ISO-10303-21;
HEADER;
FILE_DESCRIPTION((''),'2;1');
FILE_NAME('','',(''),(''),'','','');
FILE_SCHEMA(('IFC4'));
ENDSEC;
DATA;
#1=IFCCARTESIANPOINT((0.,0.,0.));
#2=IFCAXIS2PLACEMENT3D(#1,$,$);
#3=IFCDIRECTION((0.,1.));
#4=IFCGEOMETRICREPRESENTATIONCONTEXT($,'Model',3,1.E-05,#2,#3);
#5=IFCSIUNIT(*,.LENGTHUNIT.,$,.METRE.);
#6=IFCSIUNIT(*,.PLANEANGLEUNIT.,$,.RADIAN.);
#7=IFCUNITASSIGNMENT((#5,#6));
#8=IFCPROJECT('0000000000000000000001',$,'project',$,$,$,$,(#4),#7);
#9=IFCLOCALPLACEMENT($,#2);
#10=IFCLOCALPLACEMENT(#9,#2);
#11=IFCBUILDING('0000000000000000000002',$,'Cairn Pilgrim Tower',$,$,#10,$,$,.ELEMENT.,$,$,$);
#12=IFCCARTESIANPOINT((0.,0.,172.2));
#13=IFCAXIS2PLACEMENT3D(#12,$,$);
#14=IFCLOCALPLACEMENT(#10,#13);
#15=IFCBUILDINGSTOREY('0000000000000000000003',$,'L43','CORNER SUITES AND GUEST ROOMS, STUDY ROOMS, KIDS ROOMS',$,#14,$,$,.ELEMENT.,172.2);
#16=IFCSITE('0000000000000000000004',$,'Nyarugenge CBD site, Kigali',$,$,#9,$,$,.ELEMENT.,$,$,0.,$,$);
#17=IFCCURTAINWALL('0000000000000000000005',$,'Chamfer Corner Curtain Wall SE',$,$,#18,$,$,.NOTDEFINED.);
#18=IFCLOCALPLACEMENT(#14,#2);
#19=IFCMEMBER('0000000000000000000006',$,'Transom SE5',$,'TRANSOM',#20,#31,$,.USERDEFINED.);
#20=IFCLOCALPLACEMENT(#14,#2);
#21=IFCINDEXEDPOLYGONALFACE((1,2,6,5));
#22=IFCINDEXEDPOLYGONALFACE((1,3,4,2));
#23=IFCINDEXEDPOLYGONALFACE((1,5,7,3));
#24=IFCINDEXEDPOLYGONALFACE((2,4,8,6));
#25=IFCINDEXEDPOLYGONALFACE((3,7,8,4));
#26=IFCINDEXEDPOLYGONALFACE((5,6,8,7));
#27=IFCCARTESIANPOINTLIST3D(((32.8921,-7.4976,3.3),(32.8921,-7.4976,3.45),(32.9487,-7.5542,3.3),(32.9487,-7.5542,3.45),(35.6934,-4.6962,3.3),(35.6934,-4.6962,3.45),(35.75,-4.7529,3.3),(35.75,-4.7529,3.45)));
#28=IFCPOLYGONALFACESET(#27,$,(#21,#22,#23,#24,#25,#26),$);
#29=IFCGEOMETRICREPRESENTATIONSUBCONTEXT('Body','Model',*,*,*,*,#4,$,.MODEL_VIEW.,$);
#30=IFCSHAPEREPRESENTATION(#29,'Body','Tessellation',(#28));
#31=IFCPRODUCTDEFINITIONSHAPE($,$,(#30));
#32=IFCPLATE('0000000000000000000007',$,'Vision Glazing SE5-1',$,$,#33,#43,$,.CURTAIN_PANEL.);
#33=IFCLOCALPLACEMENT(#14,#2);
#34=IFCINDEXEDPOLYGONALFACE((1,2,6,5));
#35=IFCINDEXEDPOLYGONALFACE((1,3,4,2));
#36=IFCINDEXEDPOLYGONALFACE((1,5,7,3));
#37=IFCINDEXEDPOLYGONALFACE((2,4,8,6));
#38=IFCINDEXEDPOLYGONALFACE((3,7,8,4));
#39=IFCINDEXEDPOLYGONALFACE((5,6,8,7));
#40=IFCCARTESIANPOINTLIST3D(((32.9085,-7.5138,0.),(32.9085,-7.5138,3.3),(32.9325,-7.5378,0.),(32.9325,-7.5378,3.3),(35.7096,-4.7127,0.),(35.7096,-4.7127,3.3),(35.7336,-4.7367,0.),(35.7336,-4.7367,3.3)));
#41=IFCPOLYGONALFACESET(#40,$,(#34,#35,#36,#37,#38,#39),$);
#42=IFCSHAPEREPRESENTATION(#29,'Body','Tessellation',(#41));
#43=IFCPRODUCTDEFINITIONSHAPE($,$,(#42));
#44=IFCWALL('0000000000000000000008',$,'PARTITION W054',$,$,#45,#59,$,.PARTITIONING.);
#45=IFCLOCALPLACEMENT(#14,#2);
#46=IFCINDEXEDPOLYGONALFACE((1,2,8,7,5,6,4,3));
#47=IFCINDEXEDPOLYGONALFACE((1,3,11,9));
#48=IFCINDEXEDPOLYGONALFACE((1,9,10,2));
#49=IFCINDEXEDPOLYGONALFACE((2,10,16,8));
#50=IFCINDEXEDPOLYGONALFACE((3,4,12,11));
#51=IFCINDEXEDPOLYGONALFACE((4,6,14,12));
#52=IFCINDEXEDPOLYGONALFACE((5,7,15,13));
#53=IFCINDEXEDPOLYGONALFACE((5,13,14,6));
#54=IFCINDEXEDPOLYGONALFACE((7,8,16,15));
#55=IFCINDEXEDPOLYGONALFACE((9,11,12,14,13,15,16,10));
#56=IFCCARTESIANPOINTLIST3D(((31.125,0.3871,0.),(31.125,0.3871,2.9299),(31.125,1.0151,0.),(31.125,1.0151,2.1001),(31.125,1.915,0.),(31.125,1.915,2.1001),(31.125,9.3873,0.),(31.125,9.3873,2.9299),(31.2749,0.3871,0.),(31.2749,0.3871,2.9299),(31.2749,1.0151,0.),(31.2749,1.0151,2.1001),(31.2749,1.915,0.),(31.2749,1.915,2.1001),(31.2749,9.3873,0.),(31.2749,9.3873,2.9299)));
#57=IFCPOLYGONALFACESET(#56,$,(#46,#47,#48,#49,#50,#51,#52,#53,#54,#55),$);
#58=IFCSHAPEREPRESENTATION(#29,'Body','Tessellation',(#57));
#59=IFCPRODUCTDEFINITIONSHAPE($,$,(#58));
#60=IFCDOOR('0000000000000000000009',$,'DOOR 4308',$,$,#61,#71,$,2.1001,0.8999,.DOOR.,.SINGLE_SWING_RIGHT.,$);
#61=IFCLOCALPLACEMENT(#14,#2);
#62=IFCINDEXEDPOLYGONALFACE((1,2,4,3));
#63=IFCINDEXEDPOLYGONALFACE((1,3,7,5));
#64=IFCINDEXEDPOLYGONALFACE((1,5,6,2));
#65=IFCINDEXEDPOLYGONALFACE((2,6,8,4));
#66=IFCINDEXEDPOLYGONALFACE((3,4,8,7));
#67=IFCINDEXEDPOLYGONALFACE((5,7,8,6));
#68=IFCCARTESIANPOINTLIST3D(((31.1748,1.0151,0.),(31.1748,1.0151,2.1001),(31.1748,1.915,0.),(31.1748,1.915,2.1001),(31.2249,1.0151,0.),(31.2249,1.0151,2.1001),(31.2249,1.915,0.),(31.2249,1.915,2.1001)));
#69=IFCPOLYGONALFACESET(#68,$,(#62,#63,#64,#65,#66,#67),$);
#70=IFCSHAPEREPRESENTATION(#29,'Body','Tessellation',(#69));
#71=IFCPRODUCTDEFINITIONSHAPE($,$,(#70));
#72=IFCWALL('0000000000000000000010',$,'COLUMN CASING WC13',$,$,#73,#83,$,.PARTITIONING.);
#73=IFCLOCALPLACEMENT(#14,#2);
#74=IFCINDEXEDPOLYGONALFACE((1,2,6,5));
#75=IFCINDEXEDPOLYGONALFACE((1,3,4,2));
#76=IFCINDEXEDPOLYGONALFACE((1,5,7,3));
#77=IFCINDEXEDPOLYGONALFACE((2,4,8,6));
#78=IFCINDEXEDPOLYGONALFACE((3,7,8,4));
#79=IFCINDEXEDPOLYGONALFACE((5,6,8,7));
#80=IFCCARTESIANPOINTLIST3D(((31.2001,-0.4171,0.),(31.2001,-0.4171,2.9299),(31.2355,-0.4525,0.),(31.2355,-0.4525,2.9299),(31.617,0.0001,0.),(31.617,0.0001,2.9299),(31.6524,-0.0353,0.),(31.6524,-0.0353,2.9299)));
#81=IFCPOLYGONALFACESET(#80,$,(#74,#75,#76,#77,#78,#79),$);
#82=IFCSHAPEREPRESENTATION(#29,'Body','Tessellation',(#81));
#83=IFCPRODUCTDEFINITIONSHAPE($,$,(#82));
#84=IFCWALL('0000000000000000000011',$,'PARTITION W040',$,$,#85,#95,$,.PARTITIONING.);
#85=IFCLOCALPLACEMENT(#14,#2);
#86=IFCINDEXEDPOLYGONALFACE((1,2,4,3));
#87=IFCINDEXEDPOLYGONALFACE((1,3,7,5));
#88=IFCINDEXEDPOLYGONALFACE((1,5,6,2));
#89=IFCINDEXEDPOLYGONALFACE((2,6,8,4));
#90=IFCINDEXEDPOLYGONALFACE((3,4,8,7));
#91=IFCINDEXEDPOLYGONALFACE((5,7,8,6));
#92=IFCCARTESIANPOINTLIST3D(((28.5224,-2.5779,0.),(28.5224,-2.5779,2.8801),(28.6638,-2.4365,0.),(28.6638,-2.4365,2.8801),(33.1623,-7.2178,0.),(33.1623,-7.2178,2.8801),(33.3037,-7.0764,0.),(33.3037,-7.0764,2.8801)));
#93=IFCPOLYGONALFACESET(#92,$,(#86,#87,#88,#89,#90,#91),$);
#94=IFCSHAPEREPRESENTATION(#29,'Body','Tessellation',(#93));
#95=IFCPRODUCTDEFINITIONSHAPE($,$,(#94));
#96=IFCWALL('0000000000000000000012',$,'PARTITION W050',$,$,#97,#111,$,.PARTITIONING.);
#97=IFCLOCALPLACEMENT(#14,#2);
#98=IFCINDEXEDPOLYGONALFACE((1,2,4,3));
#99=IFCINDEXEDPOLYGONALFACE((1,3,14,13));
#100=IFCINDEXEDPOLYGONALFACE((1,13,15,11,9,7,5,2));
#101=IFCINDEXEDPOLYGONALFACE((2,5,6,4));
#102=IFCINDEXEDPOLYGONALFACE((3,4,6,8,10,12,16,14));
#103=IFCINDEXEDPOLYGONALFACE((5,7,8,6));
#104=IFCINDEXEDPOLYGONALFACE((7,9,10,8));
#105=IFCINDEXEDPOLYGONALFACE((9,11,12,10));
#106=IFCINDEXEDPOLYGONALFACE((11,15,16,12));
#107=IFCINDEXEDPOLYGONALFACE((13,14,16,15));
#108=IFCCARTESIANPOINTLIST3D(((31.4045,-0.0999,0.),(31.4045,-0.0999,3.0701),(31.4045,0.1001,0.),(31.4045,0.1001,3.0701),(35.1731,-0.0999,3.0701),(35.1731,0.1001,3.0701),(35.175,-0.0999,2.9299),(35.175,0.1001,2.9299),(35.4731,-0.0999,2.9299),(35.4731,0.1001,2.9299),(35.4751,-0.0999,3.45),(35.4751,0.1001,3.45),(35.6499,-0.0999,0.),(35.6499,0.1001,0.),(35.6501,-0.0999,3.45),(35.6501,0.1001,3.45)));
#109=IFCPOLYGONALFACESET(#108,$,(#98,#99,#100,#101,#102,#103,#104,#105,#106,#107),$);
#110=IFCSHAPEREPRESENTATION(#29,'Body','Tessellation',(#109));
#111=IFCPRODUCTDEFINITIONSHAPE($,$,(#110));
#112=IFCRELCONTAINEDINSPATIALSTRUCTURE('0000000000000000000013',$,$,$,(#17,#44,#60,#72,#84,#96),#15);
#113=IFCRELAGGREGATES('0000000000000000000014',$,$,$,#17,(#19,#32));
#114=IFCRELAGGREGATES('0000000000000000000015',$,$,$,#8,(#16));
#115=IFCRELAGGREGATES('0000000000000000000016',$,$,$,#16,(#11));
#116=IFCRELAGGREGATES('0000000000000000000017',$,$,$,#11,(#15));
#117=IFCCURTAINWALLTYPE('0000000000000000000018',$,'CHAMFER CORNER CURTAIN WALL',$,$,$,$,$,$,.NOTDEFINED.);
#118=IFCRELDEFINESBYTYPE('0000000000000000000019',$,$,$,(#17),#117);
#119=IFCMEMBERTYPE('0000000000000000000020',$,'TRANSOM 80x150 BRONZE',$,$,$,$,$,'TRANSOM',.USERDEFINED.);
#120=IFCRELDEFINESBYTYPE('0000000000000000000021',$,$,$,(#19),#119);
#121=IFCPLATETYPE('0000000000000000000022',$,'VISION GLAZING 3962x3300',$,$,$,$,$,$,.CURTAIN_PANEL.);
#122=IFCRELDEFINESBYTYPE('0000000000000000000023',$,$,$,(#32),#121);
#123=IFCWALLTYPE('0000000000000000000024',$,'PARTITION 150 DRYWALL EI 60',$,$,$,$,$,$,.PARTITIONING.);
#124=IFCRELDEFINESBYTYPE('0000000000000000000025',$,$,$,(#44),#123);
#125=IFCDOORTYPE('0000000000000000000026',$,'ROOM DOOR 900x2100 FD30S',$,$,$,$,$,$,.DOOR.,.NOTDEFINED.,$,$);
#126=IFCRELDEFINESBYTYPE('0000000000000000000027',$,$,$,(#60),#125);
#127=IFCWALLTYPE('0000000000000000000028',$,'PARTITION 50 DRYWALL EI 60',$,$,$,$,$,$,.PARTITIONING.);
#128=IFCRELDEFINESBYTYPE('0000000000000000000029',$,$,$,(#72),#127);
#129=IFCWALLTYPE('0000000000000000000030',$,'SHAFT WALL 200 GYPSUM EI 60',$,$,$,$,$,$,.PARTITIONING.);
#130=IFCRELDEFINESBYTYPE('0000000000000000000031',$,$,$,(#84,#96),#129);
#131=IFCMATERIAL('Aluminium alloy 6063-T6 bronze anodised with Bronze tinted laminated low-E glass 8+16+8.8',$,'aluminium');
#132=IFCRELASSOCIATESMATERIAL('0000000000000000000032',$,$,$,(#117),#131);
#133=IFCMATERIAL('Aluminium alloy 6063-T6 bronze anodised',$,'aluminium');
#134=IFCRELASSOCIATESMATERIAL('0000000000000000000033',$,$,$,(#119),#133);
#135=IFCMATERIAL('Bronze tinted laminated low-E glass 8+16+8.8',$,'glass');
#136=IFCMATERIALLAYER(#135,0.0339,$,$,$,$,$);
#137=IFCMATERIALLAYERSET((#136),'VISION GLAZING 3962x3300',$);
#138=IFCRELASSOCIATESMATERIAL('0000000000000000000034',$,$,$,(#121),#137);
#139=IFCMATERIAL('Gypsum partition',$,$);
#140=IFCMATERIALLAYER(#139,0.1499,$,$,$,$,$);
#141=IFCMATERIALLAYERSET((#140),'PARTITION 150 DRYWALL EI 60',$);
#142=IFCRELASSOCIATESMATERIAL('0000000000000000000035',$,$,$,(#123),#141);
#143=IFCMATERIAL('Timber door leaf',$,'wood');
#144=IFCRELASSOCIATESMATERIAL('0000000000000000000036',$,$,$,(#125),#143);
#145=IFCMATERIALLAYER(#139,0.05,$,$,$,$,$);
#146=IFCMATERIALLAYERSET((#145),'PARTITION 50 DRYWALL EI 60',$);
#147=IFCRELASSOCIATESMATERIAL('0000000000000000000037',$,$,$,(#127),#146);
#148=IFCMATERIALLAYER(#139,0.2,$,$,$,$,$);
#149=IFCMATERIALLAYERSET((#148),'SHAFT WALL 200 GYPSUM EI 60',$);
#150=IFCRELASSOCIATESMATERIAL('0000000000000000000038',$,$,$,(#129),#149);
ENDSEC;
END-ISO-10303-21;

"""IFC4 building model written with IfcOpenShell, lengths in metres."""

from ifc_helpers import new_model, si_unit, direction, frame, frame_2d, origin, origin_2d, place, context, subcontext, project, spatial, polyline, rectangle, outline, extrude, material, layer, layer_set, material_profile, profile_set, type_object, element, fill, aggregate, save


model = new_model("IFC4")

# Units and contexts
model_context = context("Model", 3, precision=1e-05, world=origin(), true_north=direction((0.0, 1.0)))
body_context = subcontext(model_context, "Body", "Model", "MODEL_VIEW")
ifc_project = project(units=[si_unit("LENGTHUNIT", "METRE"), si_unit("PLANEANGLEUNIT", "RADIAN")], contexts=[model_context])

# Site, building, storey
site_placement = place(None, origin())
site = spatial("IfcSite", under=ifc_project, at=site_placement, Name="Nyarugenge CBD site, Kigali", CompositionType="ELEMENT", RefElevation=0.0)
building_placement = place(site_placement, origin())
building = spatial("IfcBuilding", under=site, at=building_placement, Name="Cairn Pilgrim Tower", CompositionType="ELEMENT")
storey_placement = place(building_placement, frame((0.0, 0.0, 172.2)))
storey = spatial("IfcBuildingStorey", under=building, at=storey_placement, Name="L43", Description="CORNER SUITES AND GUEST ROOMS, STUDY ROOMS, KIDS ROOMS", CompositionType="ELEMENT", Elevation=172.2)

# Curtain wall
ifc_material_1 = material(Name="Aluminium alloy 6063-T6 bronze anodised with Bronze tinted laminated low-E glass 8+16+8.8", Category="aluminium")
curtain_wall_type_1 = type_object("IfcCurtainWallType", Name="CHAMFER CORNER CURTAIN WALL", PredefinedType="NOTDEFINED", material=ifc_material_1)
curtain_wall_1_placement = place(storey_placement, origin())
curtain_wall_1 = element("IfcCurtainWall", 1, at=curtain_wall_1_placement, inside=storey, type_object=curtain_wall_type_1, Name="Chamfer Corner Curtain Wall SE", PredefinedType="NOTDEFINED")
ifc_material_2 = material(Name="Aluminium alloy 6063-T6 bronze anodised", Category="aluminium")

# Member
ifc_material_profile_1 = material_profile(ifc_material_2, rectangle(XDim=0.0801, YDim=0.1499, at=origin_2d()), Name="TRANSOM 80x150 BRONZE")
ifc_profile_set_1 = profile_set([ifc_material_profile_1], Name="Aluminium alloy 6063-T6 bronze anodised")
member_type_1 = type_object("IfcMemberType", Name="TRANSOM 80x150 BRONZE", ElementType="TRANSOM", PredefinedType="USERDEFINED", material=ifc_profile_set_1)
member_1_placement = place(storey_placement, frame((32.9204, -7.5259, 3.375), z_axis=(0.707107, 0.707107, 0.0), x_axis=(-0.707107, 0.707107, 0.0)))
member_1 = element("IfcMember", 2, at=member_1_placement, type_object=member_type_1, Name="Transom SE5", ObjectType="TRANSOM", PredefinedType="USERDEFINED", context=body_context, shape_type="SweptSolid", body=[
    extrude(rectangle(XDim=0.0801, YDim=0.1499, at=origin_2d()), origin(), (0.0, 0.0, 1.0), 3.9617),
])

# Plate
ifc_material_3 = material(Name="Bronze tinted laminated low-E glass 8+16+8.8", Category="glass")
ifc_layer_1 = layer(ifc_material_3, 0.0339)
ifc_layer_set_1 = layer_set([ifc_layer_1], Name="VISION GLAZING 3962x3300")
plate_type = type_object("IfcPlateType", Name="VISION GLAZING 3962x3300", PredefinedType="CURTAIN_PANEL", material=ifc_layer_set_1)
plate_placement = place(storey_placement, frame((34.321, -6.1252, 0.0), z_axis=(0.0, 0.0, 1.0), x_axis=(0.707107, 0.707107, 0.0)))
plate = element("IfcPlate", 3, at=plate_placement, type_object=plate_type, Name="Vision Glazing SE5-1", PredefinedType="CURTAIN_PANEL", context=body_context, shape_type="SweptSolid", body=[
    extrude(rectangle(XDim=3.9614, YDim=0.0339, at=origin_2d()), origin(), (0.0, 0.0, 1.0), 3.3),
])
aggregate(curtain_wall_1, [member_1, plate])

# Wall, opening, door
ifc_material_4 = material(Name="Gypsum partition")
ifc_layer_2 = layer(ifc_material_4, 0.1499)
ifc_layer_set_2 = layer_set([ifc_layer_2], Name="PARTITION 150 DRYWALL EI 60")
wall_type_1 = type_object("IfcWallType", Name="PARTITION 150 DRYWALL EI 60", PredefinedType="PARTITIONING", material=ifc_layer_set_2)
wall_1_placement = place(storey_placement, frame((31.2, 0.3872, 0.0), z_axis=(0.0, 0.0, 1.0), x_axis=(0.0, 1.0, 0.0)))
wall_1 = element("IfcWall", 4, at=wall_1_placement, inside=storey, type_object=wall_type_1, Name="PARTITION W054", PredefinedType="PARTITIONING", context=body_context, shape_type="SweptSolid", body=[
    extrude(rectangle(XDim=9.0002, YDim=0.1499, at=frame_2d((4.5, 0.0))), origin(), (0.0, 0.0, 1.0), 2.9299),
])
opening_1_placement = place(wall_1_placement, frame((0.6279, 0.0, 0.0)))
opening_1 = element("IfcOpeningElement", 5, at=opening_1_placement, cuts=wall_1, PredefinedType="OPENING", context=body_context, shape_type="SweptSolid", body=[
    extrude(rectangle(XDim=0.8999, YDim=2.1001, at=frame_2d((0.45, 1.05))), frame((0.0, 0.085, 0.0), z_axis=(0.0, -1.0, 0.0), x_axis=(1.0, 0.0, 0.0)), (0.0, 0.0, 1.0), 0.1699),
])
ifc_material_5 = material(Name="Timber door leaf", Category="wood")
door_type_1 = type_object("IfcDoorType", Name="ROOM DOOR 900x2100 FD30S", OperationType="NOTDEFINED", PredefinedType="DOOR", material=ifc_material_5)
door_1_placement = place(opening_1_placement, frame((0.8999, 0.0, 0.0), z_axis=(0.0, 0.0, 1.0), x_axis=(-1.0, 0.0, 0.0)))
door_1 = element("IfcDoor", 6, at=door_1_placement, inside=storey, type_object=door_type_1, Name="DOOR 4308", OperationType="SINGLE_SWING_RIGHT", OverallHeight=2.1001, OverallWidth=0.8999, PredefinedType="DOOR", context=body_context, shape_type="SweptSolid", body=[
    extrude(rectangle(XDim=0.8999, YDim=2.1001, at=frame_2d((0.45, 1.05))), frame((0.0, 0.0249, 0.0), z_axis=(0.0, -1.0, 0.0), x_axis=(1.0, 0.0, 0.0)), (0.0, 0.0, 1.0), 0.05),
])
fill(opening_1, door_1)

# Walls
ifc_layer_3 = layer(ifc_material_4, 0.05)
ifc_layer_set_3 = layer_set([ifc_layer_3], Name="PARTITION 50 DRYWALL EI 60")
wall_type_2 = type_object("IfcWallType", Name="PARTITION 50 DRYWALL EI 60", PredefinedType="PARTITIONING", material=ifc_layer_set_3)
wall_2_placement = place(storey_placement, frame((31.2178, -0.4348, 0.0), z_axis=(0.0, 0.0, 1.0), x_axis=(0.7069, 0.707314, 0.0)))
element("IfcWall", 7, at=wall_2_placement, inside=storey, type_object=wall_type_2, Name="COLUMN CASING WC13", PredefinedType="PARTITIONING", context=body_context, shape_type="SweptSolid", body=[
    extrude(rectangle(XDim=0.5898, YDim=0.05, at=frame_2d((0.2949, 0.0))), origin(), (0.0, 0.0, 1.0), 2.9299),
])
ifc_layer_4 = layer(ifc_material_4, 0.2)
ifc_layer_set_4 = layer_set([ifc_layer_4], Name="SHAFT WALL 200 GYPSUM EI 60")
wall_type_3 = type_object("IfcWallType", Name="SHAFT WALL 200 GYPSUM EI 60", PredefinedType="PARTITIONING", material=ifc_layer_set_4)
wall_3_placement = place(storey_placement, frame((33.2329, -7.147, 0.0), z_axis=(0.0, 0.0, 1.0), x_axis=(-0.707107, 0.707107, 0.0)))
element("IfcWall", 8, at=wall_3_placement, inside=storey, type_object=wall_type_3, Name="PARTITION W040", PredefinedType="PARTITIONING", context=body_context, shape_type="SweptSolid", body=[
    extrude(rectangle(XDim=6.5618, YDim=0.2, at=frame_2d((3.2808, 0.0))), origin(), (0.0, 0.0, 1.0), 2.8801),
])
wall_4_placement = place(storey_placement, frame((31.4045, 0.0, 0.0), z_axis=(0.0, 0.0, 1.0), x_axis=(1.0, 0.0, 0.0)))
element("IfcWall", 9, at=wall_4_placement, inside=storey, type_object=wall_type_3, Name="PARTITION W050", PredefinedType="PARTITIONING", context=body_context, shape_type="SweptSolid", body=[
    extrude(outline(polyline([(0.0, 0.0), (4.2454, 0.0), (4.2456, 3.45), (4.0706, 3.45), (4.0686, 2.9299), (3.7705, 2.9299), (3.7686, 3.0701), (0.0, 3.0701), (0.0, 0.0)])), frame((0.0, 0.1001, 0.0), z_axis=(0.0, -1.0, 0.0), x_axis=(1.0, 0.0, 0.0)), (0.0, 0.0, 1.0), 0.2),
])

save(model, "model.ifc")
